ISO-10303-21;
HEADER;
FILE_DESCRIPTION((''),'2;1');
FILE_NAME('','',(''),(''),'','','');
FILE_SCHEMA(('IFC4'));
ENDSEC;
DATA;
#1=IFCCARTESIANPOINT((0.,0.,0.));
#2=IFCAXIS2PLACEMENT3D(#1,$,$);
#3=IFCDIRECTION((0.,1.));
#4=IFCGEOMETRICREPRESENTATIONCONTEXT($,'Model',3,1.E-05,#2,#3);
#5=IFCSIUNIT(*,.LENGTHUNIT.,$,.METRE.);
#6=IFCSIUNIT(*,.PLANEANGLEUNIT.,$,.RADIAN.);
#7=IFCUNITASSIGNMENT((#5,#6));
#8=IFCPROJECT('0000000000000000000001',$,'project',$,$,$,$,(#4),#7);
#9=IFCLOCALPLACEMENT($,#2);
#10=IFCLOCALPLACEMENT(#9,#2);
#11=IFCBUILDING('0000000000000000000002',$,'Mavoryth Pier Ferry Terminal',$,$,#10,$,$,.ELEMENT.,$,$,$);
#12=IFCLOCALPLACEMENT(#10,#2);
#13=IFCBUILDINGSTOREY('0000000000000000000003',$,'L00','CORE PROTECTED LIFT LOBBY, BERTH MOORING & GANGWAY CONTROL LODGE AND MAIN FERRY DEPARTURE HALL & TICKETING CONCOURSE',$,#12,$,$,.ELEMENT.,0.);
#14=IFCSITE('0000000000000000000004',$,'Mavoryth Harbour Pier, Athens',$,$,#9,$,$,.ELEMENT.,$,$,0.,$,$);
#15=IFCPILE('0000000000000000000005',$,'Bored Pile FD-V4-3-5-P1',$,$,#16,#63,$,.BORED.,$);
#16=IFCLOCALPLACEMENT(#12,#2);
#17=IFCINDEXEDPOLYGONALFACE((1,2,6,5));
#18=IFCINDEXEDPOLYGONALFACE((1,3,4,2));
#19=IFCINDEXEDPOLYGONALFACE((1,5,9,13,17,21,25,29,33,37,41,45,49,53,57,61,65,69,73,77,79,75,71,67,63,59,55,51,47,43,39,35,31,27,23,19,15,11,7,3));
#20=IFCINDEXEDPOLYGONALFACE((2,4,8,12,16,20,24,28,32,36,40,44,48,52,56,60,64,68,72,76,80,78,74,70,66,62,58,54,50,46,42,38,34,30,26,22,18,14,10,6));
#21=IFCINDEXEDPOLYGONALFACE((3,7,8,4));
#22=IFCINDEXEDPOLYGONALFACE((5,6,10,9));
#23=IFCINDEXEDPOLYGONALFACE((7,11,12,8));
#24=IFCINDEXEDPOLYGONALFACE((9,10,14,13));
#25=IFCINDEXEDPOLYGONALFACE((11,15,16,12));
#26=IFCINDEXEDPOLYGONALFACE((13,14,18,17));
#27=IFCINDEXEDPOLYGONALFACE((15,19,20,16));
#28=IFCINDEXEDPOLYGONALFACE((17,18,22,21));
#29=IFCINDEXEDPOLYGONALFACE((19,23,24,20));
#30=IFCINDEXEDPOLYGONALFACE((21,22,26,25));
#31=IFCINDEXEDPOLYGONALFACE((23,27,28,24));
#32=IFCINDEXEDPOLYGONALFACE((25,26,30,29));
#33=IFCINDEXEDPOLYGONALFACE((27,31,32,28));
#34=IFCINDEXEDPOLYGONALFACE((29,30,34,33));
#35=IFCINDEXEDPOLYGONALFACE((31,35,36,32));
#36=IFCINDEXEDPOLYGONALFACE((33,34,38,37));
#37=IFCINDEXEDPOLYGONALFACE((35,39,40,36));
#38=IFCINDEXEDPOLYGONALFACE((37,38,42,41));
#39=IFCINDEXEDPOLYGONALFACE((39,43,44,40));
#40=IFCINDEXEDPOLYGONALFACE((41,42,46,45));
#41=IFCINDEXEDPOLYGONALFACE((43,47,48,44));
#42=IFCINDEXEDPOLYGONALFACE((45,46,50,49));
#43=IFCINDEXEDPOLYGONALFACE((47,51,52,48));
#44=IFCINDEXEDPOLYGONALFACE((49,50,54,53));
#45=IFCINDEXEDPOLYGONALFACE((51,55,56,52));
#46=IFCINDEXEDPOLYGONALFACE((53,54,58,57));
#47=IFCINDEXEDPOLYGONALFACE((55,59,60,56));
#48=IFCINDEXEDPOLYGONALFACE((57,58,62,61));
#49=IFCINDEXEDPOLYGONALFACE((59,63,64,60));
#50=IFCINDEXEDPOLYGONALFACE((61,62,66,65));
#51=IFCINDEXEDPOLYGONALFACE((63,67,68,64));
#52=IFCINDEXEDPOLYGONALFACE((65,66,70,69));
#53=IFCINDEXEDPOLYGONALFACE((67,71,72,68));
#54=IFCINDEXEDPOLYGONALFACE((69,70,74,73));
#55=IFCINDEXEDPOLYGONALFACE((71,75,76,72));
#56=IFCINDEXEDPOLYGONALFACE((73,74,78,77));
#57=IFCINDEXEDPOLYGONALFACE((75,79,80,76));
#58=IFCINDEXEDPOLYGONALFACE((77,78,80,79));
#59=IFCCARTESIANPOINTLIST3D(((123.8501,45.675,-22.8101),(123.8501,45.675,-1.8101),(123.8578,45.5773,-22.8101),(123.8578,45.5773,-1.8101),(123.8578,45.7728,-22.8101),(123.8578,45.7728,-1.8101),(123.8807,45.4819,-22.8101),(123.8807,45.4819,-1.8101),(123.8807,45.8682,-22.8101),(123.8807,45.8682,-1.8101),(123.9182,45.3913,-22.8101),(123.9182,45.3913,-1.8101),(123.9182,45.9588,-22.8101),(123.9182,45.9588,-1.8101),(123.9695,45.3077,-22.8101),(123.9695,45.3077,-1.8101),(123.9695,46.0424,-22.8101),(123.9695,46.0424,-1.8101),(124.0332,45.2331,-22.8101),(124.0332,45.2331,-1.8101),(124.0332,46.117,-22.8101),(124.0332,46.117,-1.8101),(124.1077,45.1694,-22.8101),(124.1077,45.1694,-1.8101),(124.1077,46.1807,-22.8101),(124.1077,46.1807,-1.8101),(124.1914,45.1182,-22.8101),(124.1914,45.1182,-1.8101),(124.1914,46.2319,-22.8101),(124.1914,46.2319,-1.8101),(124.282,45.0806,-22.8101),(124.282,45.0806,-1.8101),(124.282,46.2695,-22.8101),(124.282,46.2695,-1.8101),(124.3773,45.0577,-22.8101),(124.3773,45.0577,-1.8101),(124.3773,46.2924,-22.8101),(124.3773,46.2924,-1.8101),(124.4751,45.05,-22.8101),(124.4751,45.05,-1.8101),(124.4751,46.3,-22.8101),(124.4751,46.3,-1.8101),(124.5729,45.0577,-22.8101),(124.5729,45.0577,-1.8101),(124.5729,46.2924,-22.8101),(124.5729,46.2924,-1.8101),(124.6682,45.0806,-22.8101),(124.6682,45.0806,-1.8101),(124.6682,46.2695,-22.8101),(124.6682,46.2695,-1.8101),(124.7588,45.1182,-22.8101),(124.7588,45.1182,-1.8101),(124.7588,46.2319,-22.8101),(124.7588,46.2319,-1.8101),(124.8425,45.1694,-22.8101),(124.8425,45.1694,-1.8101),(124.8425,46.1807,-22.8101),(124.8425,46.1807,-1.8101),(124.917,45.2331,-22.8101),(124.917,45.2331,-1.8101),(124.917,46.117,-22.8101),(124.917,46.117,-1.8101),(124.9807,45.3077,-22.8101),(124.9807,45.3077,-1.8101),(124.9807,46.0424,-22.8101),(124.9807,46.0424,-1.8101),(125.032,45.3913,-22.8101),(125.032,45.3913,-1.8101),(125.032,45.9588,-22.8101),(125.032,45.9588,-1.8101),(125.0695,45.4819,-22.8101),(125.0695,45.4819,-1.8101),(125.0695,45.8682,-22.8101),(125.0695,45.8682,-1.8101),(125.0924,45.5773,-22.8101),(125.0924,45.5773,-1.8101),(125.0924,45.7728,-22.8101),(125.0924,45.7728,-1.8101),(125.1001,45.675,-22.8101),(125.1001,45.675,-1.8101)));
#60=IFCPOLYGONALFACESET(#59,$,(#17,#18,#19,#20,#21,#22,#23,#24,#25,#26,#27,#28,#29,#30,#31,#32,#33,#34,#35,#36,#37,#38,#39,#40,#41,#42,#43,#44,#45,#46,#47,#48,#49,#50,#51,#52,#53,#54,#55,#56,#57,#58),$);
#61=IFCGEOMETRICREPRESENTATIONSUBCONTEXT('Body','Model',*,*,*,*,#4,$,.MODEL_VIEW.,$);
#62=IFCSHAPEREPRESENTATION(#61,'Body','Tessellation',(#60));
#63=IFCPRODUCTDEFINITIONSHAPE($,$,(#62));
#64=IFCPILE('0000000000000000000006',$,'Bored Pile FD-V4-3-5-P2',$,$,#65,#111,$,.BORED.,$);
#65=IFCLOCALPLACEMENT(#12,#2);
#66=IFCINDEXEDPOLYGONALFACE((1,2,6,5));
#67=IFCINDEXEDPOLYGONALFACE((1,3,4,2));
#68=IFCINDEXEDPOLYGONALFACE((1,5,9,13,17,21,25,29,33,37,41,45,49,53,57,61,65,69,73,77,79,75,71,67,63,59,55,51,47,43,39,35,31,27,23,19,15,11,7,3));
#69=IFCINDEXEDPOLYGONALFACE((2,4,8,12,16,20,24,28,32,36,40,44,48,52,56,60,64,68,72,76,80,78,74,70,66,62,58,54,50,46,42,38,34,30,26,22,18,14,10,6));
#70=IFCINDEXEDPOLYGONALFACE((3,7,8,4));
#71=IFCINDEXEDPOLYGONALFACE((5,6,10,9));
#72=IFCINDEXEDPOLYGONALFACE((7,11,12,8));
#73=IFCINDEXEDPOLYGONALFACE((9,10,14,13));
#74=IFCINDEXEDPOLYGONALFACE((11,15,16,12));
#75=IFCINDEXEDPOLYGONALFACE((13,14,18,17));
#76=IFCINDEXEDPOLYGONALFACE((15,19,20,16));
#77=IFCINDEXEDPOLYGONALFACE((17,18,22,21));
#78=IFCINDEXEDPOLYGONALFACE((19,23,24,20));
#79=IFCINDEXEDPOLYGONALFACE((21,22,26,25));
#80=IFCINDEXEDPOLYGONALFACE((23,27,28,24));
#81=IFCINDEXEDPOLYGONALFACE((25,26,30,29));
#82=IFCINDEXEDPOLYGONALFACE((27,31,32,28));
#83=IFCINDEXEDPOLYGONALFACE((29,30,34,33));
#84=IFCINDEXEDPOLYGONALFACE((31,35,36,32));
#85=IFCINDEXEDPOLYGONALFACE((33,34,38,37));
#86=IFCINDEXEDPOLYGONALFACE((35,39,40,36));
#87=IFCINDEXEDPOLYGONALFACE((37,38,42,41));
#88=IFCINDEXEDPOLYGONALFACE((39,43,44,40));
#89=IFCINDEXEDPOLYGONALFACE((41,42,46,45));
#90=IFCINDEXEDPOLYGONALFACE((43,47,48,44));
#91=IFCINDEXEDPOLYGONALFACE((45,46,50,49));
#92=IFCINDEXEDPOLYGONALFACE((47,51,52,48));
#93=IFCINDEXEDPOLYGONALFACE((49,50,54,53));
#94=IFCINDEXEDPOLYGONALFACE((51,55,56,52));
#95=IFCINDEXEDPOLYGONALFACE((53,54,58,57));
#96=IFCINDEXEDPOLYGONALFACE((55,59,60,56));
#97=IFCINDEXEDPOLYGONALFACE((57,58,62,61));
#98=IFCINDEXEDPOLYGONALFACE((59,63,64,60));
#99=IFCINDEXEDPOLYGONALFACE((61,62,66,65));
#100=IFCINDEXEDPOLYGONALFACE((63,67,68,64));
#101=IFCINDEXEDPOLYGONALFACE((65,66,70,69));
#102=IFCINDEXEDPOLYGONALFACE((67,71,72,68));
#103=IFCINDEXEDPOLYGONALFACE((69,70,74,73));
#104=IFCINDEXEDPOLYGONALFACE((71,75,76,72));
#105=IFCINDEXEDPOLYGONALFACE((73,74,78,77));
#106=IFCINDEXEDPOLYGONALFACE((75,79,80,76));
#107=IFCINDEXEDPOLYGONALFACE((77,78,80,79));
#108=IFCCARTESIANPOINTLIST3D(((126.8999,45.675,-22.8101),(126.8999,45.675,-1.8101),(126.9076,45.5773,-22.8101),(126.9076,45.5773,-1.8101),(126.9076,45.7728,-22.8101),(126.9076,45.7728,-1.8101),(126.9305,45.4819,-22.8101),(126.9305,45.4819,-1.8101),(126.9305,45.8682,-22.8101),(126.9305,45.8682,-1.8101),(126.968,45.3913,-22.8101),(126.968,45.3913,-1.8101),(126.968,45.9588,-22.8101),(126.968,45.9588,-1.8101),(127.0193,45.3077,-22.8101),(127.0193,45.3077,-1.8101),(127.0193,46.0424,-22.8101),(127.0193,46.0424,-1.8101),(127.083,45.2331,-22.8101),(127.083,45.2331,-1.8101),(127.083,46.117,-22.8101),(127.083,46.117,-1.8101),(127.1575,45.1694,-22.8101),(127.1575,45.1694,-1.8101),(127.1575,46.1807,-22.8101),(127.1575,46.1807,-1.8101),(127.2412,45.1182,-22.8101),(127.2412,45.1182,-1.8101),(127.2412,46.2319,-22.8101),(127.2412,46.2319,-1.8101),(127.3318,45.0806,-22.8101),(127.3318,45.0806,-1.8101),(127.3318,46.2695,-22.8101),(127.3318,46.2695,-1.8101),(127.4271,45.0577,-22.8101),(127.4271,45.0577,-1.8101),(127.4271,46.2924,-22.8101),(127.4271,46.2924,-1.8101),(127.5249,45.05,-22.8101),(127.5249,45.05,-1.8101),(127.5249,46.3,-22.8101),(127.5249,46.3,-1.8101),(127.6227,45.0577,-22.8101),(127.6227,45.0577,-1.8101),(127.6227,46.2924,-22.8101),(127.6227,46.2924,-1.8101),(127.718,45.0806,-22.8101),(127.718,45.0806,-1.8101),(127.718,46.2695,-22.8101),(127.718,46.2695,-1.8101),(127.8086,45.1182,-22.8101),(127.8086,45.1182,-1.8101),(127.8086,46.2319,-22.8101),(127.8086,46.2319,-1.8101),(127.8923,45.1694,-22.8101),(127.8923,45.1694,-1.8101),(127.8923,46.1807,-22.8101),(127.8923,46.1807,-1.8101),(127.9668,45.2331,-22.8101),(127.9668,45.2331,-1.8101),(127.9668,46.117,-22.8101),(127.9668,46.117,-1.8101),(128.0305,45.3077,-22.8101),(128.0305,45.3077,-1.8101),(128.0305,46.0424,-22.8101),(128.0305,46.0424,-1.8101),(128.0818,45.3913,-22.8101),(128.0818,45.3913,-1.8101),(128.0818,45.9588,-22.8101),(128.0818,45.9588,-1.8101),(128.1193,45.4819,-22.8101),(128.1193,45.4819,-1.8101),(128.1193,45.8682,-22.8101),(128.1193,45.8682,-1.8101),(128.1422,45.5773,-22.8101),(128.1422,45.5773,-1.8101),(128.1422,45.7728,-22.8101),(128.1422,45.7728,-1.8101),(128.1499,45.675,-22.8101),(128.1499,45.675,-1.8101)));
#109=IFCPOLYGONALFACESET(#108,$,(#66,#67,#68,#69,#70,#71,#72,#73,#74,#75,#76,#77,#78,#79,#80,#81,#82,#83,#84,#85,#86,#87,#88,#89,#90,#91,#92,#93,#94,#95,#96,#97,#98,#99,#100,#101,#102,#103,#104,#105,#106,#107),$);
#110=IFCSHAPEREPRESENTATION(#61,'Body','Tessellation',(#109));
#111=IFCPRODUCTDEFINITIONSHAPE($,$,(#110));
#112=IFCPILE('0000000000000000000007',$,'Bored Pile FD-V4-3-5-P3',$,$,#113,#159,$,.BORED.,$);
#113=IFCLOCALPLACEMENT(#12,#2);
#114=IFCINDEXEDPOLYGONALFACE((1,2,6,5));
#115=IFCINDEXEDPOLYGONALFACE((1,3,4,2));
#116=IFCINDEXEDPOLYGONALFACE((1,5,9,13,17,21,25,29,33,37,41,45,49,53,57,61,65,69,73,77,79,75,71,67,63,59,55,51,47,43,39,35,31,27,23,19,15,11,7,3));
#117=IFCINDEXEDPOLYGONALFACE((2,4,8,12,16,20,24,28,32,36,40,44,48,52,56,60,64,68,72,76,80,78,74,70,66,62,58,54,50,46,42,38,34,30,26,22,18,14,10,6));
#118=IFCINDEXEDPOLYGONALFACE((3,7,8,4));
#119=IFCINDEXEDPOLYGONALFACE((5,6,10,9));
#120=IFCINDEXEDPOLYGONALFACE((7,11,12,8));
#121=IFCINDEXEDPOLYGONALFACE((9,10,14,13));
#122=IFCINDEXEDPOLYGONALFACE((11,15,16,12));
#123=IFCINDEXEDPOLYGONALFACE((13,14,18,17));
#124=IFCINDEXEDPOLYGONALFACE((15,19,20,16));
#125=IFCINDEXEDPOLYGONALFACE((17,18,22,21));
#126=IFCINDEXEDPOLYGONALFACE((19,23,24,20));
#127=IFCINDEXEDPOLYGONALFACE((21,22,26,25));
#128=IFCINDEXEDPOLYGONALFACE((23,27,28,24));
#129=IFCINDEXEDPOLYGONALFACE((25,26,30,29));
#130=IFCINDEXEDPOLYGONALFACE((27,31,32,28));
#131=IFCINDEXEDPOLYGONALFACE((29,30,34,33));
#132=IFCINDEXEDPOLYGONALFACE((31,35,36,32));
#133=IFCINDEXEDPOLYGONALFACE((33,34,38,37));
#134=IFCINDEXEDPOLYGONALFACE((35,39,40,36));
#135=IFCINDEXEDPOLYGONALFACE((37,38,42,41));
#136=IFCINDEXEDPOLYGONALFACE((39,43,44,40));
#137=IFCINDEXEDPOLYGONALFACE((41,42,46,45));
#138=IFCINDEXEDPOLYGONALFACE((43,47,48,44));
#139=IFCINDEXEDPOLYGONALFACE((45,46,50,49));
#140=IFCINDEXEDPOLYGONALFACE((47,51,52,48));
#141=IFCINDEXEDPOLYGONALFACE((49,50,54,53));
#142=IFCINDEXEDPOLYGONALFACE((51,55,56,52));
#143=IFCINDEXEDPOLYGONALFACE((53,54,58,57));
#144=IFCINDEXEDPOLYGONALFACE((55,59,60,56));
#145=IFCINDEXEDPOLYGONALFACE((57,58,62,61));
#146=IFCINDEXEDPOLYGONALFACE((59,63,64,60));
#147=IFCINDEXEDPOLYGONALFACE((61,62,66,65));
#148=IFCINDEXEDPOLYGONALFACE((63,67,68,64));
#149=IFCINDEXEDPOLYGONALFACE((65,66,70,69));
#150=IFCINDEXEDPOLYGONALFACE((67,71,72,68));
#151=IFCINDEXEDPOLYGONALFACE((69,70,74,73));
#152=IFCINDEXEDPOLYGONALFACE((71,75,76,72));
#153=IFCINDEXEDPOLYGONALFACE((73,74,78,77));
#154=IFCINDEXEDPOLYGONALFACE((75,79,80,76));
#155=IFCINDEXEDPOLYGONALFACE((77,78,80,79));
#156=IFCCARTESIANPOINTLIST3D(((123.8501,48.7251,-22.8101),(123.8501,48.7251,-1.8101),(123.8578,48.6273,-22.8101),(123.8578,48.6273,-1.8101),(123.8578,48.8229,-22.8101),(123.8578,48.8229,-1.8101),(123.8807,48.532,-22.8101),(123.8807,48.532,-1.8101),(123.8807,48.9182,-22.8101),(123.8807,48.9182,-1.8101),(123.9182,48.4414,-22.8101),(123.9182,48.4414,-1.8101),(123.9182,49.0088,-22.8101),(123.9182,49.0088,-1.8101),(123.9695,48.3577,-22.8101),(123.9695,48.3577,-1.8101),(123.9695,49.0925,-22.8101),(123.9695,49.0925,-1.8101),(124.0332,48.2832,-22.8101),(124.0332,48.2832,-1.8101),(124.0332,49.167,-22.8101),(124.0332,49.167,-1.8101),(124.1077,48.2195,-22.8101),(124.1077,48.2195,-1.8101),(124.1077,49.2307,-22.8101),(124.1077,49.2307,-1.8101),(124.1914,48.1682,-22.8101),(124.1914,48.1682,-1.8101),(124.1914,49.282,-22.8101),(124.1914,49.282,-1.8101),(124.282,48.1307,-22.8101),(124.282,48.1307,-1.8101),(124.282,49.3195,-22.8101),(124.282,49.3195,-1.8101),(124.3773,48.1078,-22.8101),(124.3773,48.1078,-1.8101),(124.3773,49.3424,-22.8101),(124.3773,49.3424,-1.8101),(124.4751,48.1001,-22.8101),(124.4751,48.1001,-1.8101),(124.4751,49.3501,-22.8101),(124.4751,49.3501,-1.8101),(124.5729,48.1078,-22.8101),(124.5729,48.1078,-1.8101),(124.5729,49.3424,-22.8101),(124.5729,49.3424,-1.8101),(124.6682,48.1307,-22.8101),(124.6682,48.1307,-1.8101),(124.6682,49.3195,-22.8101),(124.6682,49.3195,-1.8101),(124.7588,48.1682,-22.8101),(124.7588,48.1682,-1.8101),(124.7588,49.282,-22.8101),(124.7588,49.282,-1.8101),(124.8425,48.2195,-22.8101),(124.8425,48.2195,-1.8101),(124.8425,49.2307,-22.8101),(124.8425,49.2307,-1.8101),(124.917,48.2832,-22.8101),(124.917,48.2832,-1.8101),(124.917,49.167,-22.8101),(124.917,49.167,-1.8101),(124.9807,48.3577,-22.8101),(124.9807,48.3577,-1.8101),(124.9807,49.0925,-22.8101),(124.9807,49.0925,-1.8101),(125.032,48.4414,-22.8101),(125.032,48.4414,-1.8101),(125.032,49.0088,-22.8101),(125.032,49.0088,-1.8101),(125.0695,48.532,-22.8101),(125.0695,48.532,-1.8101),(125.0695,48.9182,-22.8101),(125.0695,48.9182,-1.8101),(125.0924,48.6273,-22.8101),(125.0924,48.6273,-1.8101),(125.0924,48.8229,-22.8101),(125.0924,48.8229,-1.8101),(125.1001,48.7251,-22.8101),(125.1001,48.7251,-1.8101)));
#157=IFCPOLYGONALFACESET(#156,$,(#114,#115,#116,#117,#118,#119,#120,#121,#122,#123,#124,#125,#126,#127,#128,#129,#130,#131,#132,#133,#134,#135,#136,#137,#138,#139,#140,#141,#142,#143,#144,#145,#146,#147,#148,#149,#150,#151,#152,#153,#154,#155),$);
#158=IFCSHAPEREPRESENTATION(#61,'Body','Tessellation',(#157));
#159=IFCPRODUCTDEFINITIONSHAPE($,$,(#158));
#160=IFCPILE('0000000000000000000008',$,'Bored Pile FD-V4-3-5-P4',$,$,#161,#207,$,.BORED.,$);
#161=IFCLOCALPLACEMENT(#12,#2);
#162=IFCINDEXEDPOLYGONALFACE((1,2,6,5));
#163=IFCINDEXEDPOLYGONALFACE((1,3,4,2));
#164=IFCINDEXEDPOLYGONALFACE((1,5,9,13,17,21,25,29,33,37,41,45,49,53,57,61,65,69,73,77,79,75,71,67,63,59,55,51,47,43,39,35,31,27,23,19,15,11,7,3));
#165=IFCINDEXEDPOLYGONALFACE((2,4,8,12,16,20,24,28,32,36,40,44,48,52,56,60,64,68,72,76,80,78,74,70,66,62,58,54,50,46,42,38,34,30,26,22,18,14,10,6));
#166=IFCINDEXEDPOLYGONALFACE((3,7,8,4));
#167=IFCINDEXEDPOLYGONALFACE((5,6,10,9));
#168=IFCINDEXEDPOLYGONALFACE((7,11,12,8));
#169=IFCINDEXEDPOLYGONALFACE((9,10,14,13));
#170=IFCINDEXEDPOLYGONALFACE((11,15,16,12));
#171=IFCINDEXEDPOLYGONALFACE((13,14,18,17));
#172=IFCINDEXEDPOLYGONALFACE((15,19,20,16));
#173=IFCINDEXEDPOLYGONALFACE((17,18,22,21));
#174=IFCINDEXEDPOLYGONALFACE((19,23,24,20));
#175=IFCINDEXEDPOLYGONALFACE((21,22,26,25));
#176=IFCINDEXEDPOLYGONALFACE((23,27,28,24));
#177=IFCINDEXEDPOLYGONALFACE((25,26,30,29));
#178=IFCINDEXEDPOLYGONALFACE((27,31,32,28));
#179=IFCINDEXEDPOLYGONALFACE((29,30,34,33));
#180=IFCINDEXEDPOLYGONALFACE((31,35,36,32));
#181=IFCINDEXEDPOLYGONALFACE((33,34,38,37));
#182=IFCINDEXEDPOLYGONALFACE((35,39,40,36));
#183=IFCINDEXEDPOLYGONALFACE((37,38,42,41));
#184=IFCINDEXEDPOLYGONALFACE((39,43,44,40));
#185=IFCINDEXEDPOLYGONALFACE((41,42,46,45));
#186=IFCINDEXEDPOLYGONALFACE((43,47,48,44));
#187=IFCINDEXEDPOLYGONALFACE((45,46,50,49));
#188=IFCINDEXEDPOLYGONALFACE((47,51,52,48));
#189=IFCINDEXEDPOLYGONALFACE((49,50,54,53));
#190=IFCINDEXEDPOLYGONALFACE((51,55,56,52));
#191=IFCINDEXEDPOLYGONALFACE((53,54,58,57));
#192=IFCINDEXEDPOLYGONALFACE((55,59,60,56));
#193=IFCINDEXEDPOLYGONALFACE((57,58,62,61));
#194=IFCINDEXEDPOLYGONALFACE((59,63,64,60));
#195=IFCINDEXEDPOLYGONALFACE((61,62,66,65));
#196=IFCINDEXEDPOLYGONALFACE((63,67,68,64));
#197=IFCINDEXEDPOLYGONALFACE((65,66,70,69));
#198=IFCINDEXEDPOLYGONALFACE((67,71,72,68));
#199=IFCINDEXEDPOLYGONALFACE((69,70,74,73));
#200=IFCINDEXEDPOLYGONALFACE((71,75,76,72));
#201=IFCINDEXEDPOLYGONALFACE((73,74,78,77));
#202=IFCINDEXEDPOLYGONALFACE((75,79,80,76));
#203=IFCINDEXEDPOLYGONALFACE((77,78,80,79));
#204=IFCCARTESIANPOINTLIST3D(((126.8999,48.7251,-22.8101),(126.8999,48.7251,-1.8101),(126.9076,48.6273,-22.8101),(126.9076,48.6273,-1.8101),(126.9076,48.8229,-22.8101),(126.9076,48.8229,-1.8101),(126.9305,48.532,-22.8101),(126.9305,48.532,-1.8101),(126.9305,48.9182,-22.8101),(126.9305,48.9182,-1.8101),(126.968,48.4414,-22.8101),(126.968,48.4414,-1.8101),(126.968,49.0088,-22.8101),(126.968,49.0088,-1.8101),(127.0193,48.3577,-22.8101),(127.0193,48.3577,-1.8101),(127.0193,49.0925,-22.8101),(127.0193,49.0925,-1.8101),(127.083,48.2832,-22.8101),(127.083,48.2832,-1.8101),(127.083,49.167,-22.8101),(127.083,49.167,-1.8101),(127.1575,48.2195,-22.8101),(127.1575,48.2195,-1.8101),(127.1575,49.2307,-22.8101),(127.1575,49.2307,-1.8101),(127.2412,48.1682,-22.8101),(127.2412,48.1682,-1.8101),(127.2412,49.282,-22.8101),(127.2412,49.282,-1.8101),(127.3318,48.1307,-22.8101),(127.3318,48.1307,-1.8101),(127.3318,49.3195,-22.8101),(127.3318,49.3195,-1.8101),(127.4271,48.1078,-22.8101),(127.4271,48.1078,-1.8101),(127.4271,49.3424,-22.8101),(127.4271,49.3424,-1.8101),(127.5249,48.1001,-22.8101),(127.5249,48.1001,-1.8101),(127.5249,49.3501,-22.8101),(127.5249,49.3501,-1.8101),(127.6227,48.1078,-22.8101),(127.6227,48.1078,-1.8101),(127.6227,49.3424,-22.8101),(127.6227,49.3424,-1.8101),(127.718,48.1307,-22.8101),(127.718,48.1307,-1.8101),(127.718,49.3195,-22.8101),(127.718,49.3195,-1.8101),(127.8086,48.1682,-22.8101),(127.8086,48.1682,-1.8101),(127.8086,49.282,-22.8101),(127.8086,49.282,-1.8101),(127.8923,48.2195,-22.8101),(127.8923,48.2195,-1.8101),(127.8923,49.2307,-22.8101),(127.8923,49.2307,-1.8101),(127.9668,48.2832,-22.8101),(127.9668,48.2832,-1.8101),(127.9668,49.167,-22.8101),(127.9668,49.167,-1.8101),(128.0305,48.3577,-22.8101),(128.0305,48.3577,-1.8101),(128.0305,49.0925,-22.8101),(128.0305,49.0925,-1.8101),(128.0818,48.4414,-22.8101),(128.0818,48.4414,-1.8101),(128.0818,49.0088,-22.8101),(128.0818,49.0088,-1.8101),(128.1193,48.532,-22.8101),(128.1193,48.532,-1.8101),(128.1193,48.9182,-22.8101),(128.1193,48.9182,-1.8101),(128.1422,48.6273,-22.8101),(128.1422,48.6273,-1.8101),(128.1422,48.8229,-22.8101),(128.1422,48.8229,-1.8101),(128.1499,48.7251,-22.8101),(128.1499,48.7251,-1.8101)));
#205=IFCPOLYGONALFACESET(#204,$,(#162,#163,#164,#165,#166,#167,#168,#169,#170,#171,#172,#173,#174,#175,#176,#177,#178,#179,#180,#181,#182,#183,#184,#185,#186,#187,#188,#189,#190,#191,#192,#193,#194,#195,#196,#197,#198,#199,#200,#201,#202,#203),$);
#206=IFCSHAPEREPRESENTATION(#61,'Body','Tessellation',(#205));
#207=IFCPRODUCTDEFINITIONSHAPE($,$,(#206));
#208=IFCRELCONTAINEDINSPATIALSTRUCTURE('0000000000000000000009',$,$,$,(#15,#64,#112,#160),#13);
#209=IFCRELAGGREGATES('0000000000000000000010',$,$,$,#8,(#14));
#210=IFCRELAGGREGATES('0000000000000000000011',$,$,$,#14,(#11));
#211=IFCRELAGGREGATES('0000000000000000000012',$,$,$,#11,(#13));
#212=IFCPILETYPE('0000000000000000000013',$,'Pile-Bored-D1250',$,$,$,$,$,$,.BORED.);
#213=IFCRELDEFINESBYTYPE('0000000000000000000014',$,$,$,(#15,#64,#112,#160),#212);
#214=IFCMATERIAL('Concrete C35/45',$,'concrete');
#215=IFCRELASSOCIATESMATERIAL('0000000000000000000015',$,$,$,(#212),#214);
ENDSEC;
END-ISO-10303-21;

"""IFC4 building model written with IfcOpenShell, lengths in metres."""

from ifc_helpers import new_model, si_unit, direction, frame, origin, origin_2d, place, context, subcontext, project, spatial, circle, extrude, material, material_profile, profile_set, type_object, element, save


model = new_model("IFC4")

# Units and contexts
model_context = context("Model", 3, precision=1e-05, world=origin(), true_north=direction((0.0, 1.0)))
body_context = subcontext(model_context, "Body", "Model", "MODEL_VIEW")
ifc_project = project(units=[si_unit("LENGTHUNIT", "METRE"), si_unit("PLANEANGLEUNIT", "RADIAN")], contexts=[model_context])

# Site, building, storey
site_placement = place(None, origin())
site = spatial("IfcSite", under=ifc_project, at=site_placement, Name="Mavoryth Harbour Pier, Athens", CompositionType="ELEMENT", RefElevation=0.0)
building_placement = place(site_placement, origin())
building = spatial("IfcBuilding", under=site, at=building_placement, Name="Mavoryth Pier Ferry Terminal", CompositionType="ELEMENT")
storey_placement = place(building_placement, origin())
storey = spatial("IfcBuildingStorey", under=building, at=storey_placement, Name="L00", Description="CORE PROTECTED LIFT LOBBY, BERTH MOORING & GANGWAY CONTROL LODGE AND MAIN FERRY DEPARTURE HALL & TICKETING CONCOURSE", CompositionType="ELEMENT", Elevation=0.0)

# Shared definitions
ifc_material_1 = material(Name="Concrete C35/45", Category="concrete")

# Piles
ifc_material_profile_1 = material_profile(ifc_material_1, circle(Radius=0.625, at=origin_2d()), Name="PILE D1250", Category="concrete")
ifc_profile_set_1 = profile_set([ifc_material_profile_1], Name="Concrete C35/45 - PILE D1250")
pile_type_1 = type_object("IfcPileType", Name="Pile-Bored-D1250", PredefinedType="BORED", material=ifc_profile_set_1)
for number, where, z_axis, x_axis, name in (
    (1, (124.4751, 45.675, -1.8101), (0.0, 0.0, -1.0), (1.0, 0.0, 0.0), "Bored Pile FD-V4-3-5-P1"),
    (2, (127.5249, 45.675, -1.8101), (0.0, 0.0, -1.0), (1.0, 0.0, 0.0), "Bored Pile FD-V4-3-5-P2"),
    (3, (124.4751, 48.7251, -1.8101), (0.0, 0.0, -1.0), (1.0, 0.0, 0.0), "Bored Pile FD-V4-3-5-P3"),
    (4, (127.5249, 48.7251, -1.8101), (0.0, 0.0, -1.0), (1.0, 0.0, 0.0), "Bored Pile FD-V4-3-5-P4"),
):
    element("IfcPile", number, at=place(storey_placement, frame(where, z_axis=z_axis, x_axis=x_axis)), inside=storey, type_object=pile_type_1, Name=name, PredefinedType="BORED", context=body_context, shape_type="SweptSolid", body=[
        extrude(circle(Radius=0.625, at=origin_2d()), origin(), (0.0, 0.0, 1.0), 21.0),
    ])

save(model, "model.ifc")
